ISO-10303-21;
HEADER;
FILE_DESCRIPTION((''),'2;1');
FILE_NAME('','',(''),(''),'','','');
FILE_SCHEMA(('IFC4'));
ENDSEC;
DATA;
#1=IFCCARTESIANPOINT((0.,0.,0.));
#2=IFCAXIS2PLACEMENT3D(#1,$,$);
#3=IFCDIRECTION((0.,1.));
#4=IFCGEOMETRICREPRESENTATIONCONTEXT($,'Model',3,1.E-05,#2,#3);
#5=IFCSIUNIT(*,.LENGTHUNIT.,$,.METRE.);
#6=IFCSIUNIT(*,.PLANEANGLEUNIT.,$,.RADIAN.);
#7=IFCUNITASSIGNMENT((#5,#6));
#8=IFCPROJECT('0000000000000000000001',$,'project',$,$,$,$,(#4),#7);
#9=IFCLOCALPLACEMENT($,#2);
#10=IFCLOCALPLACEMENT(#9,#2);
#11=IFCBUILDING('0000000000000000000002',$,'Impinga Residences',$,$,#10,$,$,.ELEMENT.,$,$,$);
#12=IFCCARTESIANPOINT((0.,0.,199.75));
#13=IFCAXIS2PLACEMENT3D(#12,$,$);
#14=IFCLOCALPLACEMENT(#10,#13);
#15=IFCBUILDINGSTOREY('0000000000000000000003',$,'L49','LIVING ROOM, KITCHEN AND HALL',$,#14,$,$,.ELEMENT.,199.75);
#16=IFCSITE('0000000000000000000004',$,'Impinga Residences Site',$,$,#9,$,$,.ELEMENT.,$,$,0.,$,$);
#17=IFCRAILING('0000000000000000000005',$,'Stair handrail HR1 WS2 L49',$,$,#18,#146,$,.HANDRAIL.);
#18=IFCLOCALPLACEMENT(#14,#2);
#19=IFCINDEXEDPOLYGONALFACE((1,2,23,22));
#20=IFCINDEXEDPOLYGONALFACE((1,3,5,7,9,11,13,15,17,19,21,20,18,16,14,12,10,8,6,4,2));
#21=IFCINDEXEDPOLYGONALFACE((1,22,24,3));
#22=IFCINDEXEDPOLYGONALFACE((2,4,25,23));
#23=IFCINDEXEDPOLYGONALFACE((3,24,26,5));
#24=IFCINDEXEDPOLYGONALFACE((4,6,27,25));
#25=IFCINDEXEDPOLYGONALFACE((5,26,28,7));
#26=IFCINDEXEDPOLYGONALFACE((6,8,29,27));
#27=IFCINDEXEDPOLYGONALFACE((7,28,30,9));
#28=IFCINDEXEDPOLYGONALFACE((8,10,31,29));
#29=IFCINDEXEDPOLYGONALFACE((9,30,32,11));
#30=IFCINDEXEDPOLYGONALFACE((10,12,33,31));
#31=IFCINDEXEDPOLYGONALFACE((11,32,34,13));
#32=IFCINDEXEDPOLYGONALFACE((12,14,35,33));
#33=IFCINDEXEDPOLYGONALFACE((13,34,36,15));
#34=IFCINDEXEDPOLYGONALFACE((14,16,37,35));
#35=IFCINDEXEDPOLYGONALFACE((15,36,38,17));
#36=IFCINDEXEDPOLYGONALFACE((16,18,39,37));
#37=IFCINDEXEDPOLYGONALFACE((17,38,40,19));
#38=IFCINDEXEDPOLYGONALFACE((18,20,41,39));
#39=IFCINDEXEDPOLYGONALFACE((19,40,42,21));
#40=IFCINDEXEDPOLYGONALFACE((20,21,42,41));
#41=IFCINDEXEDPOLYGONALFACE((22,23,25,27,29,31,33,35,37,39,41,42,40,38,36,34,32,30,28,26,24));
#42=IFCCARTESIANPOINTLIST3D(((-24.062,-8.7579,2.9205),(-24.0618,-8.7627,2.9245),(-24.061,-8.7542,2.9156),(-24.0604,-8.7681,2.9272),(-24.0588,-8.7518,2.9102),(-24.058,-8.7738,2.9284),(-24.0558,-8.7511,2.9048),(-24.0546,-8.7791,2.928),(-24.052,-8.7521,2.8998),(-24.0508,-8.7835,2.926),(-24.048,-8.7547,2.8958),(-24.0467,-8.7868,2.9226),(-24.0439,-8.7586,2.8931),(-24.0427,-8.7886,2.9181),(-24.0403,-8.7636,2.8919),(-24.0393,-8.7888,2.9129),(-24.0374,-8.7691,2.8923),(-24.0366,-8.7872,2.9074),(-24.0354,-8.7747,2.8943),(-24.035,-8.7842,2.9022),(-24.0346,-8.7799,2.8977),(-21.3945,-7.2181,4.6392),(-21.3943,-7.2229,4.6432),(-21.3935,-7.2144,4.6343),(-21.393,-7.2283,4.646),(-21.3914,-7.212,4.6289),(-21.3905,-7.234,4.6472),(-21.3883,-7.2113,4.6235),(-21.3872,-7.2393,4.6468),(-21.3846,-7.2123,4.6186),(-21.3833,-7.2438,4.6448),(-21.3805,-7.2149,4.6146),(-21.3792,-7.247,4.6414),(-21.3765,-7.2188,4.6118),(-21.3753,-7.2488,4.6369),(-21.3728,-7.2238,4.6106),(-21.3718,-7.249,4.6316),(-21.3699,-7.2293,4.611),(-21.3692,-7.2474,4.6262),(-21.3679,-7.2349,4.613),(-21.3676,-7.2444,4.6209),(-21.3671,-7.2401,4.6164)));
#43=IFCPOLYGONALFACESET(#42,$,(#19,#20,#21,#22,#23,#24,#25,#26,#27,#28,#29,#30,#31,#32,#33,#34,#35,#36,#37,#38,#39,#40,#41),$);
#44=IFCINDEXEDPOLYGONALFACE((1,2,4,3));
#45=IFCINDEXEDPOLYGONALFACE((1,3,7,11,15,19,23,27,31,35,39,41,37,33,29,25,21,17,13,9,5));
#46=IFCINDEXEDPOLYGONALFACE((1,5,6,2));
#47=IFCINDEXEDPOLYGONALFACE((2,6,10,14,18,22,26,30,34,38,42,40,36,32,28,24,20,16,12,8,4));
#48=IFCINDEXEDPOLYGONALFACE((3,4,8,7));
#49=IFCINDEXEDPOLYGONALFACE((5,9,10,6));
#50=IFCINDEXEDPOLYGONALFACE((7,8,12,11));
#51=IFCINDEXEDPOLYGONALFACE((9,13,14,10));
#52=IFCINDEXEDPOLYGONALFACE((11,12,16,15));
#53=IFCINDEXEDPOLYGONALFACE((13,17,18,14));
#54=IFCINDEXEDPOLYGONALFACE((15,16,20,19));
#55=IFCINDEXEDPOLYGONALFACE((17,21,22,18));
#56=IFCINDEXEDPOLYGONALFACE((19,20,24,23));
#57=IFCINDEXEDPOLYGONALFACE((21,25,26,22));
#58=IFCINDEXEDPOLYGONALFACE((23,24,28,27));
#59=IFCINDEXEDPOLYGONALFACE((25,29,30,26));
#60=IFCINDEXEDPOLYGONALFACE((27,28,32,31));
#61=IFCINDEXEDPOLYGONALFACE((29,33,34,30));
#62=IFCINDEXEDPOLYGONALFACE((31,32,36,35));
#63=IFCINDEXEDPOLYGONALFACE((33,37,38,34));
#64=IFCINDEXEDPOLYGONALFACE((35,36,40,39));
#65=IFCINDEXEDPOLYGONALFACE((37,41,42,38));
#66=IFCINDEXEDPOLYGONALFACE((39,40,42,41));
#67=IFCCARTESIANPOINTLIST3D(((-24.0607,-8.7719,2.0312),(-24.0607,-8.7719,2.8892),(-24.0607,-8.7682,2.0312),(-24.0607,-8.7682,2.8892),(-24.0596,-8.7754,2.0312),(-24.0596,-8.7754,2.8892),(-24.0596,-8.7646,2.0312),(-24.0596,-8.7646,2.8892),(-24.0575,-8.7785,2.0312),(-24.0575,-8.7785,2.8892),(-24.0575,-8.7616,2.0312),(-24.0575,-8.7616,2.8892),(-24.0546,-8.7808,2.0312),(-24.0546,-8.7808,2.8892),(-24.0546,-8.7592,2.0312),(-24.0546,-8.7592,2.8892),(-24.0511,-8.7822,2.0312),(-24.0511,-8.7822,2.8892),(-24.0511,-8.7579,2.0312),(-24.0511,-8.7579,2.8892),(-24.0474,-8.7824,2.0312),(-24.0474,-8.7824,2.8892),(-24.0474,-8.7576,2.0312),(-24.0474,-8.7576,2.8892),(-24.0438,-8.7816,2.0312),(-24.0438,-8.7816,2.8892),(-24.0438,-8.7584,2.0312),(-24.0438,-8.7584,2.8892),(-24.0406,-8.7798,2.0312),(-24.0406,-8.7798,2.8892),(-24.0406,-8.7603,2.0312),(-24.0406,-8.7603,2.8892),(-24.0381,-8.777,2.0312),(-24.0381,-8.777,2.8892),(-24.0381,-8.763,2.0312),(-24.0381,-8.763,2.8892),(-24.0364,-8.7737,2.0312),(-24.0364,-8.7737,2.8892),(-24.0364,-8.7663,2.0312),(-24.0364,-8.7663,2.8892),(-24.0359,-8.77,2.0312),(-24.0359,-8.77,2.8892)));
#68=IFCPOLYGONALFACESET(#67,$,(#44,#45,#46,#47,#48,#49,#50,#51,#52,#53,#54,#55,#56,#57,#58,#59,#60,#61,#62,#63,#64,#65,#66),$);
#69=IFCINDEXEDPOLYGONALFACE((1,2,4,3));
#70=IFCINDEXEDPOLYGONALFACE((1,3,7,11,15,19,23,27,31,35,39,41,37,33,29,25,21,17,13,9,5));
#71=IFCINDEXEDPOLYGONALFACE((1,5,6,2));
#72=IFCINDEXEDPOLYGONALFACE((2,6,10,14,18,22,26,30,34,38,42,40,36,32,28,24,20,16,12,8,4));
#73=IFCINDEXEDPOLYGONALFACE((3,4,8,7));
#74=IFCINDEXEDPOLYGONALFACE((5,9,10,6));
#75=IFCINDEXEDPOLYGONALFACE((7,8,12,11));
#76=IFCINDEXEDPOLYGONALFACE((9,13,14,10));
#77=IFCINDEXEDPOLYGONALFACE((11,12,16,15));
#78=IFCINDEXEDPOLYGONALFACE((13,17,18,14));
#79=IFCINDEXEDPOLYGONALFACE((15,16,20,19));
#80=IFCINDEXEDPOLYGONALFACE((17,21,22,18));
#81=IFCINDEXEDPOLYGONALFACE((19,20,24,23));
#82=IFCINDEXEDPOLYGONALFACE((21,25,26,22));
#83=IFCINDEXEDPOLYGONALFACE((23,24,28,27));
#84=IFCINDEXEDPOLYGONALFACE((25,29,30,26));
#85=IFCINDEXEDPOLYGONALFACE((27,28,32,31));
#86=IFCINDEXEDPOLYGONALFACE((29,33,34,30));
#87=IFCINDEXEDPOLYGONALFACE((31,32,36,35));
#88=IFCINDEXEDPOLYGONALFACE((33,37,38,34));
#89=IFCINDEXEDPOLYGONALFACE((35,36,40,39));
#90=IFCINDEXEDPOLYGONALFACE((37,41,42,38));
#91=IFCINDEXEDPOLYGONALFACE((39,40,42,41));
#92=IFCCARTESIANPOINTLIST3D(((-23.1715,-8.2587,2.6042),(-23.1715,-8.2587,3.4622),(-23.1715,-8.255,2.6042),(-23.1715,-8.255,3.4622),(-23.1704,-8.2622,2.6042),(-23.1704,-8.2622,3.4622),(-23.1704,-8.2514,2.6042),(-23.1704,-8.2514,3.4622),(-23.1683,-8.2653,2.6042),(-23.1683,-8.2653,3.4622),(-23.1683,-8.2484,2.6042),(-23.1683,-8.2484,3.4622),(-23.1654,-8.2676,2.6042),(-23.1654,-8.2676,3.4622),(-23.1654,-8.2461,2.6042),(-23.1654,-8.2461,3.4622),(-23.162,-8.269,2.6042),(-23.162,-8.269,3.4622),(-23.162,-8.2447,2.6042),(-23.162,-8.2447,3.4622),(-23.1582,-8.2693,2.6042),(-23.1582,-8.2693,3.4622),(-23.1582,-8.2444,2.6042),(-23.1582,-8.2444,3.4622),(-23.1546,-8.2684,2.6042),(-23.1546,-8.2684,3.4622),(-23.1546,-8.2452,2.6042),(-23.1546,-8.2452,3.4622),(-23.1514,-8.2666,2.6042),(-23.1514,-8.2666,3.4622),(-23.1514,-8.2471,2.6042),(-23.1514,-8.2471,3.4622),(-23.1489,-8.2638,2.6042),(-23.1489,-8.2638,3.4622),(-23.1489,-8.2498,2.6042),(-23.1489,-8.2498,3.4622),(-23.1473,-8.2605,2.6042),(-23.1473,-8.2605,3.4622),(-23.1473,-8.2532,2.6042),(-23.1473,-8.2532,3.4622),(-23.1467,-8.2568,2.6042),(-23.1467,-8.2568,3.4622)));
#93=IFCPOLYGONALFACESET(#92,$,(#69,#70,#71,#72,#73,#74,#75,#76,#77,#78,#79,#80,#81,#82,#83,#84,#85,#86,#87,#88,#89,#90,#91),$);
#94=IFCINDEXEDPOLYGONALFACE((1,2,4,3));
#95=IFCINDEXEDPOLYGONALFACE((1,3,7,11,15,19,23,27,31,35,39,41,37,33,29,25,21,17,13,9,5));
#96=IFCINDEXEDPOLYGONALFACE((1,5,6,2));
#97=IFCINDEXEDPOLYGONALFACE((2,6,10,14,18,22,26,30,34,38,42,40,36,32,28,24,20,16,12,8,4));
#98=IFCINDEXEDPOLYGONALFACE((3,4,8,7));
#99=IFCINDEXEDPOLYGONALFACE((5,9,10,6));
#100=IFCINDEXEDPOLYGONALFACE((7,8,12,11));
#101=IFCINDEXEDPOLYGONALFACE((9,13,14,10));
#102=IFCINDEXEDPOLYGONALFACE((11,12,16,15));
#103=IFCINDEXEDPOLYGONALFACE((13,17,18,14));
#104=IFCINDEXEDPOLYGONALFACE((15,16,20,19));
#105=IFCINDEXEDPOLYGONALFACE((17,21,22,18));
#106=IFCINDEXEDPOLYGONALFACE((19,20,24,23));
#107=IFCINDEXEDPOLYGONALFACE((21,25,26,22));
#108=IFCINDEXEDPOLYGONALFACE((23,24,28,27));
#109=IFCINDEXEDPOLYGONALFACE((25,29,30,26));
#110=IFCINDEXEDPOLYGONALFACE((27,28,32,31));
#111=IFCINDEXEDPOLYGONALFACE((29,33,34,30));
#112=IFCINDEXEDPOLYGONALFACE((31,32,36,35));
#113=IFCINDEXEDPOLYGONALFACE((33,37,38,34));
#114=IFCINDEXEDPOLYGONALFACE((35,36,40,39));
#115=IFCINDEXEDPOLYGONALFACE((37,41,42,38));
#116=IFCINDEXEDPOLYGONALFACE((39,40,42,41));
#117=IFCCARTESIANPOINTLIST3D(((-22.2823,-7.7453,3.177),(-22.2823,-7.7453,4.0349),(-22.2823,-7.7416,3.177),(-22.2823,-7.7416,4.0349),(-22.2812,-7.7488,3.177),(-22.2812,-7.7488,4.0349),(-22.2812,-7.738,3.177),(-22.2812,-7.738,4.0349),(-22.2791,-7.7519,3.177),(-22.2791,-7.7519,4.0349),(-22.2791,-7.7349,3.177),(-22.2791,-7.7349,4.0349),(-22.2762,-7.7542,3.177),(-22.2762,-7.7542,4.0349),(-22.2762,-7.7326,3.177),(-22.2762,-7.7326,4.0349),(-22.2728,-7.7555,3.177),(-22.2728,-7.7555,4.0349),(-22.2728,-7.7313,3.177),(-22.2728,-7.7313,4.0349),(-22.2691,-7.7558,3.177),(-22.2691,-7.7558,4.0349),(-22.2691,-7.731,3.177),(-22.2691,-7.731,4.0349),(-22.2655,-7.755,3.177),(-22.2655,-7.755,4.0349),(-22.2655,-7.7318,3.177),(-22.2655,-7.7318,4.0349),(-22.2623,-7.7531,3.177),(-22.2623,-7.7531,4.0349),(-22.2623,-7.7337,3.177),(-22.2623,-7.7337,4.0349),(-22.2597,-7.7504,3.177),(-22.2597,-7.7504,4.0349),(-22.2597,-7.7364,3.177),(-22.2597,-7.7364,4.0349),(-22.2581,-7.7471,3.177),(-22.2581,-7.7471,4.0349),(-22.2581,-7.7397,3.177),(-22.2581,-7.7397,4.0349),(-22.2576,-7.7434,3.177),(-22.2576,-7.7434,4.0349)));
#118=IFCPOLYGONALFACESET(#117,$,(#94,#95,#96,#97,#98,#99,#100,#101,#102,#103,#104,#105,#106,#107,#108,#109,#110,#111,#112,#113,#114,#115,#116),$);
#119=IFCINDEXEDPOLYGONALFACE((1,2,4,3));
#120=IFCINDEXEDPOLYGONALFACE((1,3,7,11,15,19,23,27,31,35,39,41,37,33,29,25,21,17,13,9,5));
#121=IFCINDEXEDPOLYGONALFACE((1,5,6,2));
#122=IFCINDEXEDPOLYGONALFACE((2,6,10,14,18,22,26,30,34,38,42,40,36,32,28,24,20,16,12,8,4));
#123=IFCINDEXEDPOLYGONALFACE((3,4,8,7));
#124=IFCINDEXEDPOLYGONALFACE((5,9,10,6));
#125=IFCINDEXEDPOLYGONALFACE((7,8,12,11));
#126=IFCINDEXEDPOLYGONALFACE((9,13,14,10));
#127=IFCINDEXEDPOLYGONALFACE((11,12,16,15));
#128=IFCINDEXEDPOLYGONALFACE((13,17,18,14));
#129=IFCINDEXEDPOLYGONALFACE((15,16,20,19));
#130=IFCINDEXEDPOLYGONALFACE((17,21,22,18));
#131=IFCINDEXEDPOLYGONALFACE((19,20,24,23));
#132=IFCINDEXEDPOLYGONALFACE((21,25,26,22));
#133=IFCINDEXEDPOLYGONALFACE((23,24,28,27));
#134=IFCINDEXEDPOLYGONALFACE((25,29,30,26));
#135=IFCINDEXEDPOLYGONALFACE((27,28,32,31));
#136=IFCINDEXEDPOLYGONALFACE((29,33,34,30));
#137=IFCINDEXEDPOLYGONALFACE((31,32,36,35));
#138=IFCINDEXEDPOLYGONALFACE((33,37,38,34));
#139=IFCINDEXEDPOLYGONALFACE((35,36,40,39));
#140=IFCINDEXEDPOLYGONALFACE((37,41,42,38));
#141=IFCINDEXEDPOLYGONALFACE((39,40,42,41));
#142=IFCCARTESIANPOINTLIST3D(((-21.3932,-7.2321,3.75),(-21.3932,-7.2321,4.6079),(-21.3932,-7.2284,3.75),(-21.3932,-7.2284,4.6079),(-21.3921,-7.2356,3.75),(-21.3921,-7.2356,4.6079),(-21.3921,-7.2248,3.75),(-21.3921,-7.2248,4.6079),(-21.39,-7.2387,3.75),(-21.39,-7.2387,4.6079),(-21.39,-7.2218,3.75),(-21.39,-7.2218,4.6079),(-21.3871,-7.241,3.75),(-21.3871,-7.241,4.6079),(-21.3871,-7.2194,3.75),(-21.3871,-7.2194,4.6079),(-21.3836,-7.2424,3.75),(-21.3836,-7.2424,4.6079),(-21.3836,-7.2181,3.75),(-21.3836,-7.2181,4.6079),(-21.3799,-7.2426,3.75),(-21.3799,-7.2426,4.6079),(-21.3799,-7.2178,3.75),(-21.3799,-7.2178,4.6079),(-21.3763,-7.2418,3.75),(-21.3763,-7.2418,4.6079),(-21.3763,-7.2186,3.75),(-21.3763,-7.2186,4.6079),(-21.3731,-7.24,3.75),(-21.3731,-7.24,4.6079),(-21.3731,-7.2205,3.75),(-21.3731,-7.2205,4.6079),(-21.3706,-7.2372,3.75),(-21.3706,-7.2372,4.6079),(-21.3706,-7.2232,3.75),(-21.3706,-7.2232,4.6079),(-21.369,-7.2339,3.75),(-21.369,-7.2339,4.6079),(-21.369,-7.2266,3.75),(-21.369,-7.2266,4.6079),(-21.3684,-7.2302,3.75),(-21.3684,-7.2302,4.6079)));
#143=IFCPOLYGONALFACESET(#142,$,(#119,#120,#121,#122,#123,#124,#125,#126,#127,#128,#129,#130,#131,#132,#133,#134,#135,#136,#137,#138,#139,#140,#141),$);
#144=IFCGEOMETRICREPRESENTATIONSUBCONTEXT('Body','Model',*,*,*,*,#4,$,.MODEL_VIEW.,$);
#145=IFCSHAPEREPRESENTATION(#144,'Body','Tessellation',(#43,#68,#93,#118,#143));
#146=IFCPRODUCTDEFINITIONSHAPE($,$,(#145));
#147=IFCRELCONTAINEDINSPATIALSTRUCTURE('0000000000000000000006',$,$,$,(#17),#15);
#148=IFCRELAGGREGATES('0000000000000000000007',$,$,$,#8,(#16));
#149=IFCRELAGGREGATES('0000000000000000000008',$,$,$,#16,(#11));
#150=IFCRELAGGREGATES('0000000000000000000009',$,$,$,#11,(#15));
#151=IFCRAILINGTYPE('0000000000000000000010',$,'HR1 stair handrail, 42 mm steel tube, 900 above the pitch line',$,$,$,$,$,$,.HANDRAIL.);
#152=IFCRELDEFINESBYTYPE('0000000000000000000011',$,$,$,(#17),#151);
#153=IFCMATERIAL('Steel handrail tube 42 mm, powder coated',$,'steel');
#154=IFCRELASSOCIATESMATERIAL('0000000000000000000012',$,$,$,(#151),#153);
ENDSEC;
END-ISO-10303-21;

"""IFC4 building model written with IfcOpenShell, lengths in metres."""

from ifc_helpers import new_model, si_unit, direction, frame, origin, origin_2d, place, context, subcontext, project, spatial, circle, extrude, material, type_object, element, save


model = new_model("IFC4")

# Units and contexts
model_context = context("Model", 3, precision=1e-05, world=origin(), true_north=direction((0.0, 1.0)))
body_context = subcontext(model_context, "Body", "Model", "MODEL_VIEW")
ifc_project = project(units=[si_unit("LENGTHUNIT", "METRE"), si_unit("PLANEANGLEUNIT", "RADIAN")], contexts=[model_context])

# Site, building, storey
site_placement = place(None, origin())
site = spatial("IfcSite", under=ifc_project, at=site_placement, Name="Impinga Residences Site", CompositionType="ELEMENT", RefElevation=0.0)
building_placement = place(site_placement, origin())
building = spatial("IfcBuilding", under=site, at=building_placement, Name="Impinga Residences", CompositionType="ELEMENT")
storey_placement = place(building_placement, frame((0.0, 0.0, 199.75)))
storey = spatial("IfcBuildingStorey", under=building, at=storey_placement, Name="L49", Description="LIVING ROOM, KITCHEN AND HALL", CompositionType="ELEMENT", Elevation=199.75)

# Railing
ifc_material_1 = material(Name="Steel handrail tube 42 mm, powder coated", Category="steel")
railing_type = type_object("IfcRailingType", Name="HR1 stair handrail, 42 mm steel tube, 900 above the pitch line", PredefinedType="HANDRAIL", material=ifc_material_1)
railing_placement = place(storey_placement, frame((-24.0483, -8.77, 2.0312)))
element("IfcRailing", 1, at=railing_placement, inside=storey, type_object=railing_type, Name="Stair handrail HR1 WS2 L49", PredefinedType="HANDRAIL", context=body_context, shape_type="SweptSolid", body=[
    extrude(circle(Radius=0.021, at=origin_2d()), frame((0.0, 0.0, 0.8789), z_axis=(0.756279, 0.43656, 0.487297), x_axis=(-0.499933, 0.866064, 0.0)), (0.0, 0.0, 1.0), 3.5271),
    extrude(circle(Radius=0.0125, at=origin_2d()), origin(), (0.0, 0.0, 1.0), 0.8579),
    extrude(circle(Radius=0.0125, at=origin_2d()), frame((0.8892, 0.5132, 0.573)), (0.0, 0.0, 1.0), 0.8579),
    extrude(circle(Radius=0.0125, at=origin_2d()), frame((1.7783, 1.0266, 1.1458)), (0.0, 0.0, 1.0), 0.8579),
    extrude(circle(Radius=0.0125, at=origin_2d()), frame((2.6675, 1.5398, 1.7188)), (0.0, 0.0, 1.0), 0.8579),
])

save(model, "model.ifc")
